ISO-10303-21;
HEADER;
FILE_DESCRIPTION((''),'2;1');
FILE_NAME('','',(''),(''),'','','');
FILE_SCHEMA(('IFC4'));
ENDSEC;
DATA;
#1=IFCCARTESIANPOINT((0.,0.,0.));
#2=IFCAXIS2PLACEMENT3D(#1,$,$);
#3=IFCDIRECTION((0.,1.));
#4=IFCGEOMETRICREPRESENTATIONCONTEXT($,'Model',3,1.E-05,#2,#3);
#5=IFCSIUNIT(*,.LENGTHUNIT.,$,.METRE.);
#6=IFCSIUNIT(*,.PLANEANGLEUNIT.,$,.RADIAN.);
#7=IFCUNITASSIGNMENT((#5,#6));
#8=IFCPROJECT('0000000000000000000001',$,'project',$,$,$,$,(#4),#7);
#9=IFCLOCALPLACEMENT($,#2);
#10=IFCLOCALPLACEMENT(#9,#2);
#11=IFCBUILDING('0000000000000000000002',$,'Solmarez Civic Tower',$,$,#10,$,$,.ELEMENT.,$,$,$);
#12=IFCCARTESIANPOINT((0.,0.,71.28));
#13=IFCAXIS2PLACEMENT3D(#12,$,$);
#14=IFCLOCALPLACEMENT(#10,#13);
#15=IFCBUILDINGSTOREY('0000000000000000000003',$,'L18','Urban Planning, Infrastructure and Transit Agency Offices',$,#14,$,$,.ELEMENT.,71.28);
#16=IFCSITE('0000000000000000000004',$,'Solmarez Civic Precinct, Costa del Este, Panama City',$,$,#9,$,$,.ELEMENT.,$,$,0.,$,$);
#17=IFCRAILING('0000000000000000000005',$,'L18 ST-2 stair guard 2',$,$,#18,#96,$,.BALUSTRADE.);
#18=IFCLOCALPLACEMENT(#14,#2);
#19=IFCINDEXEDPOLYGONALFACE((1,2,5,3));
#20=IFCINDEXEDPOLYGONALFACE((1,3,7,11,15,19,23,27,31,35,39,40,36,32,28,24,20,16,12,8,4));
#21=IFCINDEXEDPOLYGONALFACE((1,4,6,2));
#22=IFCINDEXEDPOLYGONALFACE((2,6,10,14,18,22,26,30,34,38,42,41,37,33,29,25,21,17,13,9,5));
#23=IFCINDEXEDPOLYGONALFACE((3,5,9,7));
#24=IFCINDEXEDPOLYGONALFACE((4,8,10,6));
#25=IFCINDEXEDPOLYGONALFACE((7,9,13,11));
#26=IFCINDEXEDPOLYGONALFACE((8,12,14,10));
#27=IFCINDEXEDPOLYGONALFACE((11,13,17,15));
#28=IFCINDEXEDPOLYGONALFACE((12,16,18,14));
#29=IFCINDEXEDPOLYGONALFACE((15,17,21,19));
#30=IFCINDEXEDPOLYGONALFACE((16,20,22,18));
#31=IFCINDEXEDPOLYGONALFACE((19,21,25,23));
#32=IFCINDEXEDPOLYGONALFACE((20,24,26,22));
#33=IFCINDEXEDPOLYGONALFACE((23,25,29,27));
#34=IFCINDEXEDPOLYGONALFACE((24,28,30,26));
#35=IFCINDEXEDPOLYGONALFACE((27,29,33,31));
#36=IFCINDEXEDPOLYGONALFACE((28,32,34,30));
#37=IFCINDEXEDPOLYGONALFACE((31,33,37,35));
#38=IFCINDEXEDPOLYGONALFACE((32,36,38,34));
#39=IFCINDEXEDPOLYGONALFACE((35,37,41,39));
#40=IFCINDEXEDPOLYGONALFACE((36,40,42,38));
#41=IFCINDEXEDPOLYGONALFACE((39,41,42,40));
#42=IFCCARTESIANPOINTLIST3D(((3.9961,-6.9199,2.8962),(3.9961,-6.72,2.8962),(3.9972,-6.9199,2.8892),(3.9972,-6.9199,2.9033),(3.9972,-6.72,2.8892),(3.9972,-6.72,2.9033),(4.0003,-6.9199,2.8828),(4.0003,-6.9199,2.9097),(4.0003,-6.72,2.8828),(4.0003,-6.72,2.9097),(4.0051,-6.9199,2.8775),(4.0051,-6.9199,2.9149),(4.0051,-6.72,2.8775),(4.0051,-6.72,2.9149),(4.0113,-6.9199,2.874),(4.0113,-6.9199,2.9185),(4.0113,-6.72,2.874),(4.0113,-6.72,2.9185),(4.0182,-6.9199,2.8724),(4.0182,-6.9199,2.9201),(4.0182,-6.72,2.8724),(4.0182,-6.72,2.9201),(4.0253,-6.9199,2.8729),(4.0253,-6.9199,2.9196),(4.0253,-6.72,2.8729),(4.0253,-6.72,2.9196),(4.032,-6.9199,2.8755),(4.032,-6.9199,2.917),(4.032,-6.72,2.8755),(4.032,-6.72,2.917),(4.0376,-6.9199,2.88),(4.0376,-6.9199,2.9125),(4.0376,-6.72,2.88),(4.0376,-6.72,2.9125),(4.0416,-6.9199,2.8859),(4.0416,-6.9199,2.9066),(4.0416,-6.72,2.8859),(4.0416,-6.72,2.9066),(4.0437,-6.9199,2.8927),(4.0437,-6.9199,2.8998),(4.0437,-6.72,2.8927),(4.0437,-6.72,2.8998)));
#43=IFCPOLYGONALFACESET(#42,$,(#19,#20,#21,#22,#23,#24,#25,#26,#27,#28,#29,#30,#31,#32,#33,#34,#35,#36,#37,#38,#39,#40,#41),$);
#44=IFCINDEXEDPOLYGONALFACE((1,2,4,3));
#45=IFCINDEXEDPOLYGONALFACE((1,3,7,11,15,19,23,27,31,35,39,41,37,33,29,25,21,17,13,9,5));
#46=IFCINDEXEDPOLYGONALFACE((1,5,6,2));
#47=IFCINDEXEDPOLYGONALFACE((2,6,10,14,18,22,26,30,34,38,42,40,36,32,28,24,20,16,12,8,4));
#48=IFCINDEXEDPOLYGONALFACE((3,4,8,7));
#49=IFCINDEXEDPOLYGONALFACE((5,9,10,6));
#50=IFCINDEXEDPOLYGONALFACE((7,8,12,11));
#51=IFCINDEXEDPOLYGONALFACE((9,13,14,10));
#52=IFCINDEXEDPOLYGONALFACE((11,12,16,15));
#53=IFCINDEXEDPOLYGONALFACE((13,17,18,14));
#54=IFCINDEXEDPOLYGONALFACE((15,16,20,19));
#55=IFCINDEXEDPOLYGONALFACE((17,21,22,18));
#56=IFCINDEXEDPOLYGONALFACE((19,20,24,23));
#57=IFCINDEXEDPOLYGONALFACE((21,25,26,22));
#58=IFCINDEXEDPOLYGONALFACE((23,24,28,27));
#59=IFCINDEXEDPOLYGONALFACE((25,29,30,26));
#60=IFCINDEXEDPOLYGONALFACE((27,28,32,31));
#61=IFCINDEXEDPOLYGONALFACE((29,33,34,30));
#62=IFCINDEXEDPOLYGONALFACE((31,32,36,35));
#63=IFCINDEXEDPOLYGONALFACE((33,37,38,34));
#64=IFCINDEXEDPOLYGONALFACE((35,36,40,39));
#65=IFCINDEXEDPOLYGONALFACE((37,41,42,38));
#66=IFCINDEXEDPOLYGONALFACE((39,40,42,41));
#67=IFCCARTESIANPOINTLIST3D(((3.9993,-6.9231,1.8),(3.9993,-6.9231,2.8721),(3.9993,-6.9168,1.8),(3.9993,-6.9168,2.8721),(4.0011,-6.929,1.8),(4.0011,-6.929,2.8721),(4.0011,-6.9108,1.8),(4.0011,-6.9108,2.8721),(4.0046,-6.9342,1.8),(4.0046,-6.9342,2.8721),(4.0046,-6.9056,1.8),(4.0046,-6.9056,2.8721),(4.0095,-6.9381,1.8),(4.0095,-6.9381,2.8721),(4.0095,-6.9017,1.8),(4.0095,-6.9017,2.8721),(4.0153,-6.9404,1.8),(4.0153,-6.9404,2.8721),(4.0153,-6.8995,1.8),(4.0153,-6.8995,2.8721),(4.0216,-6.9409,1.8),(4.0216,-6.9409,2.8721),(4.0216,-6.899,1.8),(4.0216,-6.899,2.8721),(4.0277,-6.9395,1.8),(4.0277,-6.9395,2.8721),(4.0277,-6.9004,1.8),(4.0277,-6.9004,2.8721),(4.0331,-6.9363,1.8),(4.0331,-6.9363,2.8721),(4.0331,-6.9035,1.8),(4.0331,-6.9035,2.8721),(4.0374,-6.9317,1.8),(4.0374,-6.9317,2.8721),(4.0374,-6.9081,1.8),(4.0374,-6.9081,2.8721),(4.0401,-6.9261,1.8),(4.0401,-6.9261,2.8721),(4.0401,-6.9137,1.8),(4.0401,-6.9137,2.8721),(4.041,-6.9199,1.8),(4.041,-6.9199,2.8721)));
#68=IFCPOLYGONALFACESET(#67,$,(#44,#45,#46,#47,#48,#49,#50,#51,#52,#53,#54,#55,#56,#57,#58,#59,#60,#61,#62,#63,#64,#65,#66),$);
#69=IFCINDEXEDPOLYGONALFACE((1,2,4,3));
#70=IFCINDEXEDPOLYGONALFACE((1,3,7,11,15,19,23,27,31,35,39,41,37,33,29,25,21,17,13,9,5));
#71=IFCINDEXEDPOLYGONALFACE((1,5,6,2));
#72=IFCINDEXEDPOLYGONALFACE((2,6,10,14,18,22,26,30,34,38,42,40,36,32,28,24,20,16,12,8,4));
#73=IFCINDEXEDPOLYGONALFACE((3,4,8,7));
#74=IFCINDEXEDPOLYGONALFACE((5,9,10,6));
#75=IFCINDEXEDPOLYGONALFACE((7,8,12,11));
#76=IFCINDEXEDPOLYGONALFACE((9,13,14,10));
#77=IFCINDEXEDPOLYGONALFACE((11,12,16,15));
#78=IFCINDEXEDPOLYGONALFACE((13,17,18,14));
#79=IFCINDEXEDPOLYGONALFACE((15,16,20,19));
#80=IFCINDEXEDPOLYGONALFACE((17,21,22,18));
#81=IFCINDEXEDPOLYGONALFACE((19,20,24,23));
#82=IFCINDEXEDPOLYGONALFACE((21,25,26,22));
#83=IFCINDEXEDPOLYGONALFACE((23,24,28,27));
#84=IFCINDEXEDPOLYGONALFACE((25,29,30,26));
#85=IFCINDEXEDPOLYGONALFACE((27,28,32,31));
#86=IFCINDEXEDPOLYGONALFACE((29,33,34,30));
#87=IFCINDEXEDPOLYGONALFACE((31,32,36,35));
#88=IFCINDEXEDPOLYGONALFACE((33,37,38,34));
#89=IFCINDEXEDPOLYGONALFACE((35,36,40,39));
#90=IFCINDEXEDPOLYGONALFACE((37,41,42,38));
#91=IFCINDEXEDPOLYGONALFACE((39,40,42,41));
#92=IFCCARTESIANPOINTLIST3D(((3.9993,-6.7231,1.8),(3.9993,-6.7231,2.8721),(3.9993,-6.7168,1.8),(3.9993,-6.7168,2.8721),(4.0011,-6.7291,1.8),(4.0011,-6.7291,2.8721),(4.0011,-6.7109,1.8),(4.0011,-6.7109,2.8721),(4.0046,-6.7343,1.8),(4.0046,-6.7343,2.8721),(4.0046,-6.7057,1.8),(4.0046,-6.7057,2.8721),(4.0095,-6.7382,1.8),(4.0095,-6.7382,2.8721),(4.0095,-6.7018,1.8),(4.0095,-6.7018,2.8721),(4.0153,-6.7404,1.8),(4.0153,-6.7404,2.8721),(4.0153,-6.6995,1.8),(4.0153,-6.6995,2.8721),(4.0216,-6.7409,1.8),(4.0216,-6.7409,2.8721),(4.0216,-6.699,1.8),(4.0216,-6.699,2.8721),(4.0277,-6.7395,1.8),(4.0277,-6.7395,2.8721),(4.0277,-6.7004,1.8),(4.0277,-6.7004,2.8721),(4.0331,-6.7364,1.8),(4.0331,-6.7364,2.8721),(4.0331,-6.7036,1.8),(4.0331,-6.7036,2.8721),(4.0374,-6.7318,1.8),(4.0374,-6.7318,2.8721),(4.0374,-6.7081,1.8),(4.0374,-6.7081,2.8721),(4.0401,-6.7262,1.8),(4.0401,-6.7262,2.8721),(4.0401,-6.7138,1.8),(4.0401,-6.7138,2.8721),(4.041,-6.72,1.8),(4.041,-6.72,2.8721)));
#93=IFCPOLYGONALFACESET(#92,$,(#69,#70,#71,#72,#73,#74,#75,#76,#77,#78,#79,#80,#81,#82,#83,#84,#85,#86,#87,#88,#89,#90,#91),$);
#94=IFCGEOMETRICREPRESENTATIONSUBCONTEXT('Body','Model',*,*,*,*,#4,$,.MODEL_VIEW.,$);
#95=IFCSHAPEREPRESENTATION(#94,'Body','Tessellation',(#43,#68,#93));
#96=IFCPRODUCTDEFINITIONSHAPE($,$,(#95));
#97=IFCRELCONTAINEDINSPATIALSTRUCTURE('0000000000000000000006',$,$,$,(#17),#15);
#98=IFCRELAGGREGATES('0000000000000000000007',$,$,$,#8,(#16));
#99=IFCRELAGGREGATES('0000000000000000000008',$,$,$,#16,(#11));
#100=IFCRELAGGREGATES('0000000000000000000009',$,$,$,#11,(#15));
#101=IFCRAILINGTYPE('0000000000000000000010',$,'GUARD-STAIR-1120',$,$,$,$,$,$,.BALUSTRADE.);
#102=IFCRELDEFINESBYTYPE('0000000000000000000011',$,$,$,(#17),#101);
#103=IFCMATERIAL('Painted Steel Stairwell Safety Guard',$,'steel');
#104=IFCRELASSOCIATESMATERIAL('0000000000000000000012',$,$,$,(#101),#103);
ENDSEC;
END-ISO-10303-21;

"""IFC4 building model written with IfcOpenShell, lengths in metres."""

from ifc_helpers import new_model, si_unit, direction, frame, origin, origin_2d, place, context, subcontext, project, spatial, circle, extrude, material, type_object, element, save


model = new_model("IFC4")

# Units and contexts
model_context = context("Model", 3, precision=1e-05, world=origin(), true_north=direction((0.0, 1.0)))
body_context = subcontext(model_context, "Body", "Model", "MODEL_VIEW")
ifc_project = project(units=[si_unit("LENGTHUNIT", "METRE"), si_unit("PLANEANGLEUNIT", "RADIAN")], contexts=[model_context])

# Site, building, storey
site_placement = place(None, origin())
site = spatial("IfcSite", under=ifc_project, at=site_placement, Name="Solmarez Civic Precinct, Costa del Este, Panama City", CompositionType="ELEMENT", RefElevation=0.0)
building_placement = place(site_placement, origin())
building = spatial("IfcBuilding", under=site, at=building_placement, Name="Solmarez Civic Tower", CompositionType="ELEMENT")
storey_placement = place(building_placement, frame((0.0, 0.0, 71.28)))
storey = spatial("IfcBuildingStorey", under=building, at=storey_placement, Name="L18", Description="Urban Planning, Infrastructure and Transit Agency Offices", CompositionType="ELEMENT", Elevation=71.28)

# Railing
ifc_material_1 = material(Name="Painted Steel Stairwell Safety Guard", Category="steel")
railing_type_1 = type_object("IfcRailingType", Name="GUARD-STAIR-1120", PredefinedType="BALUSTRADE", material=ifc_material_1)
railing_1_placement = place(storey_placement, frame((4.02, -6.9199, 1.8)))
element("IfcRailing", 1, at=railing_1_placement, inside=storey, type_object=railing_type_1, Name="L18 ST-2 stair guard 2", PredefinedType="BALUSTRADE", context=body_context, shape_type="SweptSolid", body=[
    extrude(circle(Radius=0.0239, at=origin_2d()), frame((0.0, 0.0, 1.0962), z_axis=(0.0, 1.0, 0.0), x_axis=(-1.0, 0.0, 0.0)), (0.0, 0.0, 1.0), 0.2),
    extrude(circle(Radius=0.021, at=origin_2d()), origin(), (0.0, 0.0, 1.0), 1.072),
    extrude(circle(Radius=0.021, at=origin_2d()), frame((0.0, 0.2, 0.0)), (0.0, 0.0, 1.0), 1.072),
])

save(model, "model.ifc")
